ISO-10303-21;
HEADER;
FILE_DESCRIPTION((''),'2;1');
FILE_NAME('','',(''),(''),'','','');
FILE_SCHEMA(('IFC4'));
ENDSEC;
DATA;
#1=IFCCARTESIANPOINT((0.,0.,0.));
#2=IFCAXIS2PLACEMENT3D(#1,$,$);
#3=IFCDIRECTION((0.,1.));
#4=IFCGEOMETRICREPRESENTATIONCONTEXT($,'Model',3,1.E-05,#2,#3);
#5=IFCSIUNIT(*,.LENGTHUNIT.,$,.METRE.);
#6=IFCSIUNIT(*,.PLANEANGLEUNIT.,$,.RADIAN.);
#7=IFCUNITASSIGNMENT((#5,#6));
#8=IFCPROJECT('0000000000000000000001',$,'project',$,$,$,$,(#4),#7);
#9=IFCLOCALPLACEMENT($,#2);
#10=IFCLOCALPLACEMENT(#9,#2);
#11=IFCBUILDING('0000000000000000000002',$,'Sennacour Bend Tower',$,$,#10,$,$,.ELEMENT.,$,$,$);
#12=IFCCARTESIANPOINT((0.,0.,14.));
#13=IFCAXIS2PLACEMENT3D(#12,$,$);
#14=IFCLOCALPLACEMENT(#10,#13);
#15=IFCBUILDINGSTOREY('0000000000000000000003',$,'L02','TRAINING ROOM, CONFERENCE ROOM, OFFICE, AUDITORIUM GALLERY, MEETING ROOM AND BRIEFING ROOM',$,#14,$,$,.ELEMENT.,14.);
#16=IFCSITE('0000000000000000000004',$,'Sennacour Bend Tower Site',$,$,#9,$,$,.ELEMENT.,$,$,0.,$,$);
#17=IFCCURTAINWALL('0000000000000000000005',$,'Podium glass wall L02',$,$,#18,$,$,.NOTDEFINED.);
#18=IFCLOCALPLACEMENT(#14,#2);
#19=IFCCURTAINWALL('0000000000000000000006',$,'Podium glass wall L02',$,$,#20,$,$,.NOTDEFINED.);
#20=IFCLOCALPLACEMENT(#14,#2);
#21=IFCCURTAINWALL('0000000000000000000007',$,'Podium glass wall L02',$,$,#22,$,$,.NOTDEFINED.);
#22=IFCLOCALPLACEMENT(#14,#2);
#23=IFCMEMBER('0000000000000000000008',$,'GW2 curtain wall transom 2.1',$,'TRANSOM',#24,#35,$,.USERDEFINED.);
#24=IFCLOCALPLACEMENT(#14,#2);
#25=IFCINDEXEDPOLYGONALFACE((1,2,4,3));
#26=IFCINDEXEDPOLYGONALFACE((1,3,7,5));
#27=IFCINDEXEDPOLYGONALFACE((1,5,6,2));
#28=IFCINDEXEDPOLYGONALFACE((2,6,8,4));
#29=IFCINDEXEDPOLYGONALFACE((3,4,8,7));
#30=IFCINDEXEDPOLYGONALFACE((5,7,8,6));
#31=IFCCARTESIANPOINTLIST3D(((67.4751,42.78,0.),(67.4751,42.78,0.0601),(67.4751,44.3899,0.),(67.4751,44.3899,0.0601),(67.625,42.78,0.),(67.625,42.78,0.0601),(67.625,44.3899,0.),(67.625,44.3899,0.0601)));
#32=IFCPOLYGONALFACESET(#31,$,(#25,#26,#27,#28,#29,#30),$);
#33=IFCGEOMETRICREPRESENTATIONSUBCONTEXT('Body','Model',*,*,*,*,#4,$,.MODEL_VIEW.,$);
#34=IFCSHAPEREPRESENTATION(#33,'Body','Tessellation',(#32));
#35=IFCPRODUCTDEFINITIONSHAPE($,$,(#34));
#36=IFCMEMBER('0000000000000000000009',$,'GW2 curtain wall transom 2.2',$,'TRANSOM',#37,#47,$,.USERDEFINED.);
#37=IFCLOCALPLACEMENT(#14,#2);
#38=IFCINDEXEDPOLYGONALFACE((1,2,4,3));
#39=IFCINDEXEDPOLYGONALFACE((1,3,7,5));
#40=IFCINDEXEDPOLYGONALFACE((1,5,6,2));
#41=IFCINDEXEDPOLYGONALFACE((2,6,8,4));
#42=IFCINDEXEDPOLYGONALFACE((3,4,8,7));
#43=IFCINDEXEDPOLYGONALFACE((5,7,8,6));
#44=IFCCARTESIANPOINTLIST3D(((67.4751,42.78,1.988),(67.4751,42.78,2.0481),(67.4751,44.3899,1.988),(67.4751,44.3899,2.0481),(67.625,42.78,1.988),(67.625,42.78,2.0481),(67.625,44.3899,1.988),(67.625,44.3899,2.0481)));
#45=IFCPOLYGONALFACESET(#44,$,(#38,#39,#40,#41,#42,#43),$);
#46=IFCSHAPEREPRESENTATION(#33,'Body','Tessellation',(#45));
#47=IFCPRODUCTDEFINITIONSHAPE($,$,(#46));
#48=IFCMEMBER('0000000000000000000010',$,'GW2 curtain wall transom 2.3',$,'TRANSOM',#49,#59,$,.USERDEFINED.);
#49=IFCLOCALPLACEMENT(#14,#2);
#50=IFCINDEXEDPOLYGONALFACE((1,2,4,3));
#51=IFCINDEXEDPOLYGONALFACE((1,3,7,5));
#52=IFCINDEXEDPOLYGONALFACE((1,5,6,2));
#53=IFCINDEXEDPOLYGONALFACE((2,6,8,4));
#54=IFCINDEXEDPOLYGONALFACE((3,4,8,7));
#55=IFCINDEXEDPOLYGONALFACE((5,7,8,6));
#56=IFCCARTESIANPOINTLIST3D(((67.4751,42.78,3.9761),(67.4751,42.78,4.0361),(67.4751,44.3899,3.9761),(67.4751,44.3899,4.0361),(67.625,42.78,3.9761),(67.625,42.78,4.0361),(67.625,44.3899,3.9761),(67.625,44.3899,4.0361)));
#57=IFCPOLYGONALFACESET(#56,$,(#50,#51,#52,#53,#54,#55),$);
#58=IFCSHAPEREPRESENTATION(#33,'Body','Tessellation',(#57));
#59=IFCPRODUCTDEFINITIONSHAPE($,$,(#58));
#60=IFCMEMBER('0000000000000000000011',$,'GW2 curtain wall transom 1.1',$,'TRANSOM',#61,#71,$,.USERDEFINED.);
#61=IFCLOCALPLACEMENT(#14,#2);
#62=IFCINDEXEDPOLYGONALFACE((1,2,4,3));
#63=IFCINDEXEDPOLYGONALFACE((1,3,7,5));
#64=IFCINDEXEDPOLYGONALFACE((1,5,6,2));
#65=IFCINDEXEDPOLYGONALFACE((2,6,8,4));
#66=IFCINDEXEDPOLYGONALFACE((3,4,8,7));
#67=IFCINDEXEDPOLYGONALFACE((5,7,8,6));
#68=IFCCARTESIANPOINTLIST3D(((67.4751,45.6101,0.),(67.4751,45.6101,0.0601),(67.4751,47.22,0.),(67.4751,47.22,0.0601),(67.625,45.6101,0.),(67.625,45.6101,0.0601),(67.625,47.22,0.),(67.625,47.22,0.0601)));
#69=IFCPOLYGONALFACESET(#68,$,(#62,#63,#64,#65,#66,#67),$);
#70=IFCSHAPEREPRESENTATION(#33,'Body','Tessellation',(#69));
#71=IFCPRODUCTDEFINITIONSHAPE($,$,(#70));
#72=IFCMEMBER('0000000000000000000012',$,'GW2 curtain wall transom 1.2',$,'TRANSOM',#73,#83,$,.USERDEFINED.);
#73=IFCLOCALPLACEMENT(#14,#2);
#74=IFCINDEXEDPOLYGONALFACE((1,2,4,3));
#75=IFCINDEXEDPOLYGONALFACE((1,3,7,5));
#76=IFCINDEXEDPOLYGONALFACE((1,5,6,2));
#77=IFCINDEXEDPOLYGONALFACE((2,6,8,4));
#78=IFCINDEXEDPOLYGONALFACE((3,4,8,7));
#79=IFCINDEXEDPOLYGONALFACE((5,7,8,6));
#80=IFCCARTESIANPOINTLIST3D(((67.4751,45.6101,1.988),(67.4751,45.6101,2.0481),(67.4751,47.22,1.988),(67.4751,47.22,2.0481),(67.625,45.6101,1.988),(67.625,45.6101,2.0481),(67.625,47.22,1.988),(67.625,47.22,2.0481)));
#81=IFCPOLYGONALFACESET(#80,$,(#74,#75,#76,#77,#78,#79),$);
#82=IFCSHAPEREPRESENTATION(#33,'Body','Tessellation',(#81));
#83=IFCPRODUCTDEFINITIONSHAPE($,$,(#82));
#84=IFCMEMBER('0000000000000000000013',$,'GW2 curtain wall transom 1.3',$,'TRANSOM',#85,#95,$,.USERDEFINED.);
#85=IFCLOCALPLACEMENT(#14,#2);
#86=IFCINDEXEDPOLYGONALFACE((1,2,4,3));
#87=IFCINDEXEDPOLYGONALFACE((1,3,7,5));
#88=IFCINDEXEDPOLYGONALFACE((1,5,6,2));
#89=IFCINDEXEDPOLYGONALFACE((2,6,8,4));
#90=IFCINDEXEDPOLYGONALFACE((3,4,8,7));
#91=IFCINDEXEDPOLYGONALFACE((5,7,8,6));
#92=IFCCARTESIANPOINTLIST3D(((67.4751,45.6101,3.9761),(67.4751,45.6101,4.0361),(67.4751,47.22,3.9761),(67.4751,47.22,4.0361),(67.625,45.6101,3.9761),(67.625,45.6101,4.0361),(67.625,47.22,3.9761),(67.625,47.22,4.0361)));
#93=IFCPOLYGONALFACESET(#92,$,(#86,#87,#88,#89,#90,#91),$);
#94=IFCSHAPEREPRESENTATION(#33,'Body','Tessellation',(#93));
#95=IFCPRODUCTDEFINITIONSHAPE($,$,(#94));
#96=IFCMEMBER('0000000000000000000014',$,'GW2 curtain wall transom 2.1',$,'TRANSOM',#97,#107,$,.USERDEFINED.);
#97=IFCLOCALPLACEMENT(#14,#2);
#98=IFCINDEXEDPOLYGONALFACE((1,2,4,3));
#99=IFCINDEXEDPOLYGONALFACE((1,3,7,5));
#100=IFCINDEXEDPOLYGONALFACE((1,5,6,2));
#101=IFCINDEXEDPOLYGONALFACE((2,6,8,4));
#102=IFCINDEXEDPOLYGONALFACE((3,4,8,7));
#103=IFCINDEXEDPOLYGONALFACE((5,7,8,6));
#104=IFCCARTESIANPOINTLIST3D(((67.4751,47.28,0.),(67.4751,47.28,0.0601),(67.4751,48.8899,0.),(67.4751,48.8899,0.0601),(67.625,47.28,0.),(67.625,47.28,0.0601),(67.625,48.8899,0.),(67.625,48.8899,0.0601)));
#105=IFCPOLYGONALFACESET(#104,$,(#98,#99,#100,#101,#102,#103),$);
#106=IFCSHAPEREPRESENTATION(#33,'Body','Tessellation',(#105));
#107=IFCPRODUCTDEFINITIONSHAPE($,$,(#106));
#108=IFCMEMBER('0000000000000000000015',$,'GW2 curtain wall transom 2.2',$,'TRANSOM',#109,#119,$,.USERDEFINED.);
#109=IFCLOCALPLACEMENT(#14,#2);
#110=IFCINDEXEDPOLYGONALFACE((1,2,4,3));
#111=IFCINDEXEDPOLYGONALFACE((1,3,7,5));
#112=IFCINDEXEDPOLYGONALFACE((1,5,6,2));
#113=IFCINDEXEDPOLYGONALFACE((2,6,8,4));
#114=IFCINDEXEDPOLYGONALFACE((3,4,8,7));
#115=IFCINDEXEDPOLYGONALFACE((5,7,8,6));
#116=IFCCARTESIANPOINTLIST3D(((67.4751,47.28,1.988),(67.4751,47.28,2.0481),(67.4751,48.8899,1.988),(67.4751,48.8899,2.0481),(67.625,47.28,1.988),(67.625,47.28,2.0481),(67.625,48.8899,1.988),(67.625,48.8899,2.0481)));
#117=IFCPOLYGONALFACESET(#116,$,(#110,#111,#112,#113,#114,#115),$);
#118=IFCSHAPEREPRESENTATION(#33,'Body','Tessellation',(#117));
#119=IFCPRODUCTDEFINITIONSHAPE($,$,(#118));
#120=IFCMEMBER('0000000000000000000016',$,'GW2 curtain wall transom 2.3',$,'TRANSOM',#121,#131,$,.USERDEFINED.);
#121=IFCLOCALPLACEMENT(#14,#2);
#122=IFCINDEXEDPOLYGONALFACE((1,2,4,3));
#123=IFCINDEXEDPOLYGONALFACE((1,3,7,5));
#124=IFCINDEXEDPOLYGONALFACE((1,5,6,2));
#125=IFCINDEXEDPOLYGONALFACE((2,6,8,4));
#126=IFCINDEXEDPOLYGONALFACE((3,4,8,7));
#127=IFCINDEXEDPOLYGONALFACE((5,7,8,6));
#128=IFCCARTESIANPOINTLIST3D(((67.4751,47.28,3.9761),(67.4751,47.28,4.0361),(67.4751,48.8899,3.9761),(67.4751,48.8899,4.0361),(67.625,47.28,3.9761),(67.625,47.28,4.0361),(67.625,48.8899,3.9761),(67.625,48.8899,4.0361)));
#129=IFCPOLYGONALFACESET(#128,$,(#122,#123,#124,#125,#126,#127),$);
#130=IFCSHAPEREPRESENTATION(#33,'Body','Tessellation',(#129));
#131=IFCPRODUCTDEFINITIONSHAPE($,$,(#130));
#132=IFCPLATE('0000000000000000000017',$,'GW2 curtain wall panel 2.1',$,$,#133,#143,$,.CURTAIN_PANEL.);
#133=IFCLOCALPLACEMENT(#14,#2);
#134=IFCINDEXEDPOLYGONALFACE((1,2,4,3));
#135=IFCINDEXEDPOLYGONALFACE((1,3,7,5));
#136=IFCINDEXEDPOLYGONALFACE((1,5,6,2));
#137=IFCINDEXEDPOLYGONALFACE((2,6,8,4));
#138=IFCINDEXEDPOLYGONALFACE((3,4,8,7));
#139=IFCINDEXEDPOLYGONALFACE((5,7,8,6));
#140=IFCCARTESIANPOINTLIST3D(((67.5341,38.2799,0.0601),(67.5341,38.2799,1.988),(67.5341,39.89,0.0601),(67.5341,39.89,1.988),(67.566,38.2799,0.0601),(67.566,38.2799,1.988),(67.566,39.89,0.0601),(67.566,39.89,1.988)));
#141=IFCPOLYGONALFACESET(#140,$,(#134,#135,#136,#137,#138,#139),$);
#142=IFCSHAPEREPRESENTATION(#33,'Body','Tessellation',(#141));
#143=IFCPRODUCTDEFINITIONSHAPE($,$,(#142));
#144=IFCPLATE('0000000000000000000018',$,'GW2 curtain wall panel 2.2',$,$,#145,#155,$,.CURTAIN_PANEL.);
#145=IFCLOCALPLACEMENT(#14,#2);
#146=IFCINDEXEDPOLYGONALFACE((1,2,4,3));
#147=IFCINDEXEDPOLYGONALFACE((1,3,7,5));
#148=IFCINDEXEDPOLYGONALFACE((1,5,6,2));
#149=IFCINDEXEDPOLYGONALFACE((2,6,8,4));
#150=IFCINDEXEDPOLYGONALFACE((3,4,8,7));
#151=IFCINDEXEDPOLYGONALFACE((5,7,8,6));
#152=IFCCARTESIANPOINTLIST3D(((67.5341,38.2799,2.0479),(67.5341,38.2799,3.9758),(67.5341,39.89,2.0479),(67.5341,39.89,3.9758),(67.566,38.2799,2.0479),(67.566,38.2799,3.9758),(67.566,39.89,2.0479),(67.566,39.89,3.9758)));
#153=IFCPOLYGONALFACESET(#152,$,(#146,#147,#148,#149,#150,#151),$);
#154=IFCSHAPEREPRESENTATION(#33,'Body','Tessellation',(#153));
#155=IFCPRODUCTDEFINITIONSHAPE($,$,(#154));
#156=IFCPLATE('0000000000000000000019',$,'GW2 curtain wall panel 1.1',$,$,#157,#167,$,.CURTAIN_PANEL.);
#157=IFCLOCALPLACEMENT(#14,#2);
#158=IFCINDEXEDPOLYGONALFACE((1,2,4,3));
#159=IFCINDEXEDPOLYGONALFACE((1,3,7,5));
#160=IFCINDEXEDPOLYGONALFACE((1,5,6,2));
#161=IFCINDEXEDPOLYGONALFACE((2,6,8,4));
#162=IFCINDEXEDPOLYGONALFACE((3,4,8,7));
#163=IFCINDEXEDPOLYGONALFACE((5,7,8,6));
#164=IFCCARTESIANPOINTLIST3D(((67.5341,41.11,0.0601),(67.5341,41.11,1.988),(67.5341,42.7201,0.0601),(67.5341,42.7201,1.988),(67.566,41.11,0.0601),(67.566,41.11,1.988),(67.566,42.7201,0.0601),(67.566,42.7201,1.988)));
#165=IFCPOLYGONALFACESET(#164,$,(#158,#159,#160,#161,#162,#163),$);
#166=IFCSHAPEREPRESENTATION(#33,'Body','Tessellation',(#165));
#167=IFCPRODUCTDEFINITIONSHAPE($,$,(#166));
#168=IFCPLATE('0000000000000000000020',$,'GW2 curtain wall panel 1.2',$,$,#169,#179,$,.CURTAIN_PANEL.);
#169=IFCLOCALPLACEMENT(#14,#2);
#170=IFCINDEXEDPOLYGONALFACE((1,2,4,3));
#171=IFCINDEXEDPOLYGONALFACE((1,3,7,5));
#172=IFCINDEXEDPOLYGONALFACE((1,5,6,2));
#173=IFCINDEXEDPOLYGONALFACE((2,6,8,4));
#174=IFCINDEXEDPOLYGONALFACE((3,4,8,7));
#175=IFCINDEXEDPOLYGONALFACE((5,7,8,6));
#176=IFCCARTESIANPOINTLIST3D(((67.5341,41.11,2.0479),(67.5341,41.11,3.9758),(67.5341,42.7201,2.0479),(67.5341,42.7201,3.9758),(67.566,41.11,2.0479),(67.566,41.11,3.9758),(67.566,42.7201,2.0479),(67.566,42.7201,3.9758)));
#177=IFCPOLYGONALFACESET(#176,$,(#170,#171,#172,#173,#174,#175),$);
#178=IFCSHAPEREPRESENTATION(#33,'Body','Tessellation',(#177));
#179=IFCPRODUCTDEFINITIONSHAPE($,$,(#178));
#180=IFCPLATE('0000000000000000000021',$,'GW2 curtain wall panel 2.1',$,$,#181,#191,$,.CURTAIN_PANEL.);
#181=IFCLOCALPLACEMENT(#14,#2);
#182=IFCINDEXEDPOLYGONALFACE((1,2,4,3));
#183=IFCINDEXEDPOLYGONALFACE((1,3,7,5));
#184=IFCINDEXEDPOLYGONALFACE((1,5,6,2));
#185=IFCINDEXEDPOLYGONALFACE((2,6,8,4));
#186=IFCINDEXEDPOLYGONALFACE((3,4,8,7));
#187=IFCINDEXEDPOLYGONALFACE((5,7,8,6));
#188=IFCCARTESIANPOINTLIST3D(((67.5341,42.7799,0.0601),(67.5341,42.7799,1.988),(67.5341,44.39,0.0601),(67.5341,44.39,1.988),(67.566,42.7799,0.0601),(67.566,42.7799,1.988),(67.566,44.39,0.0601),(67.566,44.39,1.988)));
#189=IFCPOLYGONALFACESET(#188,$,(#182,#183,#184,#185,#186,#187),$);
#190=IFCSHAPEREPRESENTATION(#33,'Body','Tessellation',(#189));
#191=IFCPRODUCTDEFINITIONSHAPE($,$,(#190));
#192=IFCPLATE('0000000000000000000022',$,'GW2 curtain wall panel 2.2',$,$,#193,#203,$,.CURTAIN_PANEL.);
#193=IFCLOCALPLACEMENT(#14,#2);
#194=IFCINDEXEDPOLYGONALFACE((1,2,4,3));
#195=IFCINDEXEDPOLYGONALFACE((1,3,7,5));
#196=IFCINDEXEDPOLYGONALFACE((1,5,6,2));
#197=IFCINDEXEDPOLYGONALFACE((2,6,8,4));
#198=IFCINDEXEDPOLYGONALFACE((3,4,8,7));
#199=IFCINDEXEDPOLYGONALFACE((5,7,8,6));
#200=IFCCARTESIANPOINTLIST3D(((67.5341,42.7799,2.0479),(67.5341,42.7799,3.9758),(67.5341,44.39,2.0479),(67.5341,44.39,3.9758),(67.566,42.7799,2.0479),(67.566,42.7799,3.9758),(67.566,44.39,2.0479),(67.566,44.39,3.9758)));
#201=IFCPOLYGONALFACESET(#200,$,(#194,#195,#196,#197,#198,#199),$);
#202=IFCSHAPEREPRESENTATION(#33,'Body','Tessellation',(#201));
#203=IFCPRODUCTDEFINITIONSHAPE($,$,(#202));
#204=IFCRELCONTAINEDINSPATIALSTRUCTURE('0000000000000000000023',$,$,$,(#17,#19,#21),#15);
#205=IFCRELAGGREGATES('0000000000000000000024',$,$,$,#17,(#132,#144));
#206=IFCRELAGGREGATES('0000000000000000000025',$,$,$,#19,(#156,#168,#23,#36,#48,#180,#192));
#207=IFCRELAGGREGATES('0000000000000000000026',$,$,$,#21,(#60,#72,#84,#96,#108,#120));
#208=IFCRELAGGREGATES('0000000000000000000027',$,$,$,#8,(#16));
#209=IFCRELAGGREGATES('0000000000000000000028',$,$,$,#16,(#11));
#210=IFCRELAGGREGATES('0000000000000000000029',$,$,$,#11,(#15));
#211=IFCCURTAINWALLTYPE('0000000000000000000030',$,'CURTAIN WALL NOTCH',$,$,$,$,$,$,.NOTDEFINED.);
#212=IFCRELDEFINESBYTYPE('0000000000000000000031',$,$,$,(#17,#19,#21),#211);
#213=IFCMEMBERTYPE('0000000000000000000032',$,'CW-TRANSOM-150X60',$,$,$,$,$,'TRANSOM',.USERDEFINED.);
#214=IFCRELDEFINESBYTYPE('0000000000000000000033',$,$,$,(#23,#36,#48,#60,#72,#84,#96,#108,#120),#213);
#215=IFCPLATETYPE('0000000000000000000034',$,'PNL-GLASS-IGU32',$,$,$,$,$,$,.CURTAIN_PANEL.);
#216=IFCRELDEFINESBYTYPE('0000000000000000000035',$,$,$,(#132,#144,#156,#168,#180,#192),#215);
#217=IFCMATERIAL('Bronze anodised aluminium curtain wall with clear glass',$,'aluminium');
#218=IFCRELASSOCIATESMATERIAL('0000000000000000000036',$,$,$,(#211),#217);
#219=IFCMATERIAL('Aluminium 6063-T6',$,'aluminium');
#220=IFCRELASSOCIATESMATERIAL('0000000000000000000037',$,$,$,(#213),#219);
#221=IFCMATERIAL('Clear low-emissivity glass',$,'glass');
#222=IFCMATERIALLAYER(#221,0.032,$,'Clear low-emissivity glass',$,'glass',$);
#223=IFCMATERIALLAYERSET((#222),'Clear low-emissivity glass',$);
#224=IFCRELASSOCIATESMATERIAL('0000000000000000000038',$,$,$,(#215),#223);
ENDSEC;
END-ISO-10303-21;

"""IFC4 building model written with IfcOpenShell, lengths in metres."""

from ifc_helpers import new_model, si_unit, direction, frame, origin, origin_2d, place, context, subcontext, project, spatial, rectangle, extrude, material, layer, layer_set, material_profile, profile_set, type_object, element, aggregate, save


model = new_model("IFC4")

# Units and contexts
model_context = context("Model", 3, precision=1e-05, world=origin(), true_north=direction((0.0, 1.0)))
body_context = subcontext(model_context, "Body", "Model", "MODEL_VIEW")
ifc_project = project(units=[si_unit("LENGTHUNIT", "METRE"), si_unit("PLANEANGLEUNIT", "RADIAN")], contexts=[model_context])

# Site, building, storey
site_placement = place(None, origin())
site = spatial("IfcSite", under=ifc_project, at=site_placement, Name="Sennacour Bend Tower Site", CompositionType="ELEMENT", RefElevation=0.0)
building_placement = place(site_placement, origin())
building = spatial("IfcBuilding", under=site, at=building_placement, Name="Sennacour Bend Tower", CompositionType="ELEMENT")
storey_placement = place(building_placement, frame((0.0, 0.0, 14.0)))
storey = spatial("IfcBuildingStorey", under=building, at=storey_placement, Name="L02", Description="TRAINING ROOM, CONFERENCE ROOM, OFFICE, AUDITORIUM GALLERY, MEETING ROOM AND BRIEFING ROOM", CompositionType="ELEMENT", Elevation=14.0)

# Curtain wall
ifc_material_1 = material(Name="Bronze anodised aluminium curtain wall with clear glass", Category="aluminium")
curtain_wall_type = type_object("IfcCurtainWallType", Name="CURTAIN WALL NOTCH", PredefinedType="NOTDEFINED", material=ifc_material_1)
curtain_wall_1_placement = place(storey_placement, origin())
curtain_wall_1 = element("IfcCurtainWall", 1, at=curtain_wall_1_placement, inside=storey, type_object=curtain_wall_type, Name="Podium glass wall L02", PredefinedType="NOTDEFINED")
ifc_material_2 = material(Name="Aluminium 6063-T6", Category="aluminium")

# Curtain walls
curtain_wall_2_placement = place(storey_placement, origin())
curtain_wall_2 = element("IfcCurtainWall", 2, at=curtain_wall_2_placement, inside=storey, type_object=curtain_wall_type, Name="Podium glass wall L02", PredefinedType="NOTDEFINED")
curtain_wall_3_placement = place(storey_placement, origin())
curtain_wall_3 = element("IfcCurtainWall", 3, at=curtain_wall_3_placement, inside=storey, type_object=curtain_wall_type, Name="Podium glass wall L02", PredefinedType="NOTDEFINED")

# Members
ifc_material_profile_1 = material_profile(ifc_material_2, rectangle(XDim=0.1499, YDim=0.0601, at=origin_2d()), Name="Aluminium 6063-T6", Category="aluminium")
ifc_profile_set_1 = profile_set([ifc_material_profile_1], Name="Aluminium 6063-T6")
member_type_1 = type_object("IfcMemberType", Name="CW-TRANSOM-150X60", ElementType="TRANSOM", PredefinedType="USERDEFINED", material=ifc_profile_set_1)
member_1_placement = place(storey_placement, frame((67.55, 42.78, 0.03), z_axis=(0.0, 1.0, 0.0), x_axis=(-1.0, 0.0, 0.0)))
member_1 = element("IfcMember", 4, at=member_1_placement, type_object=member_type_1, Name="GW2 curtain wall transom 2.1", ObjectType="TRANSOM", PredefinedType="USERDEFINED", context=body_context, shape_type="SweptSolid", body=[
    extrude(rectangle(XDim=0.1499, YDim=0.0601, at=origin_2d()), origin(), (0.0, 0.0, 1.0), 1.6099),
])
member_2_placement = place(storey_placement, frame((67.55, 42.78, 2.0181), z_axis=(0.0, 1.0, 0.0), x_axis=(-1.0, 0.0, 0.0)))
member_2 = element("IfcMember", 5, at=member_2_placement, type_object=member_type_1, Name="GW2 curtain wall transom 2.2", ObjectType="TRANSOM", PredefinedType="USERDEFINED", context=body_context, shape_type="SweptSolid", body=[
    extrude(rectangle(XDim=0.1499, YDim=0.0601, at=origin_2d()), origin(), (0.0, 0.0, 1.0), 1.6099),
])
member_3_placement = place(storey_placement, frame((67.55, 42.78, 4.0061), z_axis=(0.0, 1.0, 0.0), x_axis=(-1.0, 0.0, 0.0)))
member_3 = element("IfcMember", 6, at=member_3_placement, type_object=member_type_1, Name="GW2 curtain wall transom 2.3", ObjectType="TRANSOM", PredefinedType="USERDEFINED", context=body_context, shape_type="SweptSolid", body=[
    extrude(rectangle(XDim=0.1499, YDim=0.0601, at=origin_2d()), origin(), (0.0, 0.0, 1.0), 1.6099),
])
member_4_placement = place(storey_placement, frame((67.55, 45.6101, 0.03), z_axis=(0.0, 1.0, 0.0), x_axis=(-1.0, 0.0, 0.0)))
member_4 = element("IfcMember", 7, at=member_4_placement, type_object=member_type_1, Name="GW2 curtain wall transom 1.1", ObjectType="TRANSOM", PredefinedType="USERDEFINED", context=body_context, shape_type="SweptSolid", body=[
    extrude(rectangle(XDim=0.1499, YDim=0.0601, at=origin_2d()), origin(), (0.0, 0.0, 1.0), 1.6099),
])
member_5_placement = place(storey_placement, frame((67.55, 45.6101, 2.0181), z_axis=(0.0, 1.0, 0.0), x_axis=(-1.0, 0.0, 0.0)))
member_5 = element("IfcMember", 8, at=member_5_placement, type_object=member_type_1, Name="GW2 curtain wall transom 1.2", ObjectType="TRANSOM", PredefinedType="USERDEFINED", context=body_context, shape_type="SweptSolid", body=[
    extrude(rectangle(XDim=0.1499, YDim=0.0601, at=origin_2d()), origin(), (0.0, 0.0, 1.0), 1.6099),
])
member_6_placement = place(storey_placement, frame((67.55, 45.6101, 4.0061), z_axis=(0.0, 1.0, 0.0), x_axis=(-1.0, 0.0, 0.0)))
member_6 = element("IfcMember", 9, at=member_6_placement, type_object=member_type_1, Name="GW2 curtain wall transom 1.3", ObjectType="TRANSOM", PredefinedType="USERDEFINED", context=body_context, shape_type="SweptSolid", body=[
    extrude(rectangle(XDim=0.1499, YDim=0.0601, at=origin_2d()), origin(), (0.0, 0.0, 1.0), 1.6099),
])
member_7_placement = place(storey_placement, frame((67.55, 47.28, 0.03), z_axis=(0.0, 1.0, 0.0), x_axis=(-1.0, 0.0, 0.0)))
member_7 = element("IfcMember", 10, at=member_7_placement, type_object=member_type_1, Name="GW2 curtain wall transom 2.1", ObjectType="TRANSOM", PredefinedType="USERDEFINED", context=body_context, shape_type="SweptSolid", body=[
    extrude(rectangle(XDim=0.1499, YDim=0.0601, at=origin_2d()), origin(), (0.0, 0.0, 1.0), 1.6099),
])
member_8_placement = place(storey_placement, frame((67.55, 47.28, 2.0181), z_axis=(0.0, 1.0, 0.0), x_axis=(-1.0, 0.0, 0.0)))
member_8 = element("IfcMember", 11, at=member_8_placement, type_object=member_type_1, Name="GW2 curtain wall transom 2.2", ObjectType="TRANSOM", PredefinedType="USERDEFINED", context=body_context, shape_type="SweptSolid", body=[
    extrude(rectangle(XDim=0.1499, YDim=0.0601, at=origin_2d()), origin(), (0.0, 0.0, 1.0), 1.6099),
])
member_9_placement = place(storey_placement, frame((67.55, 47.28, 4.0061), z_axis=(0.0, 1.0, 0.0), x_axis=(-1.0, 0.0, 0.0)))
member_9 = element("IfcMember", 12, at=member_9_placement, type_object=member_type_1, Name="GW2 curtain wall transom 2.3", ObjectType="TRANSOM", PredefinedType="USERDEFINED", context=body_context, shape_type="SweptSolid", body=[
    extrude(rectangle(XDim=0.1499, YDim=0.0601, at=origin_2d()), origin(), (0.0, 0.0, 1.0), 1.6099),
])

# Plates
ifc_material_3 = material(Name="Clear low-emissivity glass", Category="glass")
ifc_layer = layer(ifc_material_3, 0.032, Name="Clear low-emissivity glass", Category="glass")
ifc_layer_set = layer_set([ifc_layer], Name="Clear low-emissivity glass")
plate_type = type_object("IfcPlateType", Name="PNL-GLASS-IGU32", PredefinedType="CURTAIN_PANEL", material=ifc_layer_set)
plate_1_placement = place(storey_placement, frame((67.55, 39.085, 0.0601), z_axis=(0.0, 0.0, 1.0), x_axis=(0.0, 1.0, 0.0)))
plate_1 = element("IfcPlate", 13, at=plate_1_placement, type_object=plate_type, Name="GW2 curtain wall panel 2.1", PredefinedType="CURTAIN_PANEL", context=body_context, shape_type="SweptSolid", body=[
    extrude(rectangle(XDim=1.6101, YDim=0.032, at=origin_2d()), origin(), (0.0, 0.0, 1.0), 1.928),
])
plate_2_placement = place(storey_placement, frame((67.55, 39.085, 2.0479), z_axis=(0.0, 0.0, 1.0), x_axis=(0.0, 1.0, 0.0)))
plate_2 = element("IfcPlate", 14, at=plate_2_placement, type_object=plate_type, Name="GW2 curtain wall panel 2.2", PredefinedType="CURTAIN_PANEL", context=body_context, shape_type="SweptSolid", body=[
    extrude(rectangle(XDim=1.6101, YDim=0.032, at=origin_2d()), origin(), (0.0, 0.0, 1.0), 1.928),
])
aggregate(curtain_wall_1, [plate_1, plate_2])
plate_3_placement = place(storey_placement, frame((67.55, 41.915, 0.0601), z_axis=(0.0, 0.0, 1.0), x_axis=(0.0, 1.0, 0.0)))
plate_3 = element("IfcPlate", 15, at=plate_3_placement, type_object=plate_type, Name="GW2 curtain wall panel 1.1", PredefinedType="CURTAIN_PANEL", context=body_context, shape_type="SweptSolid", body=[
    extrude(rectangle(XDim=1.6101, YDim=0.032, at=origin_2d()), origin(), (0.0, 0.0, 1.0), 1.928),
])
plate_4_placement = place(storey_placement, frame((67.55, 41.915, 2.0479), z_axis=(0.0, 0.0, 1.0), x_axis=(0.0, 1.0, 0.0)))
plate_4 = element("IfcPlate", 16, at=plate_4_placement, type_object=plate_type, Name="GW2 curtain wall panel 1.2", PredefinedType="CURTAIN_PANEL", context=body_context, shape_type="SweptSolid", body=[
    extrude(rectangle(XDim=1.6101, YDim=0.032, at=origin_2d()), origin(), (0.0, 0.0, 1.0), 1.928),
])
plate_5_placement = place(storey_placement, frame((67.55, 43.585, 0.0601), z_axis=(0.0, 0.0, 1.0), x_axis=(0.0, 1.0, 0.0)))
plate_5 = element("IfcPlate", 17, at=plate_5_placement, type_object=plate_type, Name="GW2 curtain wall panel 2.1", PredefinedType="CURTAIN_PANEL", context=body_context, shape_type="SweptSolid", body=[
    extrude(rectangle(XDim=1.6101, YDim=0.032, at=origin_2d()), origin(), (0.0, 0.0, 1.0), 1.928),
])
plate_6_placement = place(storey_placement, frame((67.55, 43.585, 2.0479), z_axis=(0.0, 0.0, 1.0), x_axis=(0.0, 1.0, 0.0)))
plate_6 = element("IfcPlate", 18, at=plate_6_placement, type_object=plate_type, Name="GW2 curtain wall panel 2.2", PredefinedType="CURTAIN_PANEL", context=body_context, shape_type="SweptSolid", body=[
    extrude(rectangle(XDim=1.6101, YDim=0.032, at=origin_2d()), origin(), (0.0, 0.0, 1.0), 1.928),
])
aggregate(curtain_wall_2, [plate_3, plate_4, member_1, member_2, member_3, plate_5, plate_6])
aggregate(curtain_wall_3, [member_4, member_5, member_6, member_7, member_8, member_9])

save(model, "model.ifc")
